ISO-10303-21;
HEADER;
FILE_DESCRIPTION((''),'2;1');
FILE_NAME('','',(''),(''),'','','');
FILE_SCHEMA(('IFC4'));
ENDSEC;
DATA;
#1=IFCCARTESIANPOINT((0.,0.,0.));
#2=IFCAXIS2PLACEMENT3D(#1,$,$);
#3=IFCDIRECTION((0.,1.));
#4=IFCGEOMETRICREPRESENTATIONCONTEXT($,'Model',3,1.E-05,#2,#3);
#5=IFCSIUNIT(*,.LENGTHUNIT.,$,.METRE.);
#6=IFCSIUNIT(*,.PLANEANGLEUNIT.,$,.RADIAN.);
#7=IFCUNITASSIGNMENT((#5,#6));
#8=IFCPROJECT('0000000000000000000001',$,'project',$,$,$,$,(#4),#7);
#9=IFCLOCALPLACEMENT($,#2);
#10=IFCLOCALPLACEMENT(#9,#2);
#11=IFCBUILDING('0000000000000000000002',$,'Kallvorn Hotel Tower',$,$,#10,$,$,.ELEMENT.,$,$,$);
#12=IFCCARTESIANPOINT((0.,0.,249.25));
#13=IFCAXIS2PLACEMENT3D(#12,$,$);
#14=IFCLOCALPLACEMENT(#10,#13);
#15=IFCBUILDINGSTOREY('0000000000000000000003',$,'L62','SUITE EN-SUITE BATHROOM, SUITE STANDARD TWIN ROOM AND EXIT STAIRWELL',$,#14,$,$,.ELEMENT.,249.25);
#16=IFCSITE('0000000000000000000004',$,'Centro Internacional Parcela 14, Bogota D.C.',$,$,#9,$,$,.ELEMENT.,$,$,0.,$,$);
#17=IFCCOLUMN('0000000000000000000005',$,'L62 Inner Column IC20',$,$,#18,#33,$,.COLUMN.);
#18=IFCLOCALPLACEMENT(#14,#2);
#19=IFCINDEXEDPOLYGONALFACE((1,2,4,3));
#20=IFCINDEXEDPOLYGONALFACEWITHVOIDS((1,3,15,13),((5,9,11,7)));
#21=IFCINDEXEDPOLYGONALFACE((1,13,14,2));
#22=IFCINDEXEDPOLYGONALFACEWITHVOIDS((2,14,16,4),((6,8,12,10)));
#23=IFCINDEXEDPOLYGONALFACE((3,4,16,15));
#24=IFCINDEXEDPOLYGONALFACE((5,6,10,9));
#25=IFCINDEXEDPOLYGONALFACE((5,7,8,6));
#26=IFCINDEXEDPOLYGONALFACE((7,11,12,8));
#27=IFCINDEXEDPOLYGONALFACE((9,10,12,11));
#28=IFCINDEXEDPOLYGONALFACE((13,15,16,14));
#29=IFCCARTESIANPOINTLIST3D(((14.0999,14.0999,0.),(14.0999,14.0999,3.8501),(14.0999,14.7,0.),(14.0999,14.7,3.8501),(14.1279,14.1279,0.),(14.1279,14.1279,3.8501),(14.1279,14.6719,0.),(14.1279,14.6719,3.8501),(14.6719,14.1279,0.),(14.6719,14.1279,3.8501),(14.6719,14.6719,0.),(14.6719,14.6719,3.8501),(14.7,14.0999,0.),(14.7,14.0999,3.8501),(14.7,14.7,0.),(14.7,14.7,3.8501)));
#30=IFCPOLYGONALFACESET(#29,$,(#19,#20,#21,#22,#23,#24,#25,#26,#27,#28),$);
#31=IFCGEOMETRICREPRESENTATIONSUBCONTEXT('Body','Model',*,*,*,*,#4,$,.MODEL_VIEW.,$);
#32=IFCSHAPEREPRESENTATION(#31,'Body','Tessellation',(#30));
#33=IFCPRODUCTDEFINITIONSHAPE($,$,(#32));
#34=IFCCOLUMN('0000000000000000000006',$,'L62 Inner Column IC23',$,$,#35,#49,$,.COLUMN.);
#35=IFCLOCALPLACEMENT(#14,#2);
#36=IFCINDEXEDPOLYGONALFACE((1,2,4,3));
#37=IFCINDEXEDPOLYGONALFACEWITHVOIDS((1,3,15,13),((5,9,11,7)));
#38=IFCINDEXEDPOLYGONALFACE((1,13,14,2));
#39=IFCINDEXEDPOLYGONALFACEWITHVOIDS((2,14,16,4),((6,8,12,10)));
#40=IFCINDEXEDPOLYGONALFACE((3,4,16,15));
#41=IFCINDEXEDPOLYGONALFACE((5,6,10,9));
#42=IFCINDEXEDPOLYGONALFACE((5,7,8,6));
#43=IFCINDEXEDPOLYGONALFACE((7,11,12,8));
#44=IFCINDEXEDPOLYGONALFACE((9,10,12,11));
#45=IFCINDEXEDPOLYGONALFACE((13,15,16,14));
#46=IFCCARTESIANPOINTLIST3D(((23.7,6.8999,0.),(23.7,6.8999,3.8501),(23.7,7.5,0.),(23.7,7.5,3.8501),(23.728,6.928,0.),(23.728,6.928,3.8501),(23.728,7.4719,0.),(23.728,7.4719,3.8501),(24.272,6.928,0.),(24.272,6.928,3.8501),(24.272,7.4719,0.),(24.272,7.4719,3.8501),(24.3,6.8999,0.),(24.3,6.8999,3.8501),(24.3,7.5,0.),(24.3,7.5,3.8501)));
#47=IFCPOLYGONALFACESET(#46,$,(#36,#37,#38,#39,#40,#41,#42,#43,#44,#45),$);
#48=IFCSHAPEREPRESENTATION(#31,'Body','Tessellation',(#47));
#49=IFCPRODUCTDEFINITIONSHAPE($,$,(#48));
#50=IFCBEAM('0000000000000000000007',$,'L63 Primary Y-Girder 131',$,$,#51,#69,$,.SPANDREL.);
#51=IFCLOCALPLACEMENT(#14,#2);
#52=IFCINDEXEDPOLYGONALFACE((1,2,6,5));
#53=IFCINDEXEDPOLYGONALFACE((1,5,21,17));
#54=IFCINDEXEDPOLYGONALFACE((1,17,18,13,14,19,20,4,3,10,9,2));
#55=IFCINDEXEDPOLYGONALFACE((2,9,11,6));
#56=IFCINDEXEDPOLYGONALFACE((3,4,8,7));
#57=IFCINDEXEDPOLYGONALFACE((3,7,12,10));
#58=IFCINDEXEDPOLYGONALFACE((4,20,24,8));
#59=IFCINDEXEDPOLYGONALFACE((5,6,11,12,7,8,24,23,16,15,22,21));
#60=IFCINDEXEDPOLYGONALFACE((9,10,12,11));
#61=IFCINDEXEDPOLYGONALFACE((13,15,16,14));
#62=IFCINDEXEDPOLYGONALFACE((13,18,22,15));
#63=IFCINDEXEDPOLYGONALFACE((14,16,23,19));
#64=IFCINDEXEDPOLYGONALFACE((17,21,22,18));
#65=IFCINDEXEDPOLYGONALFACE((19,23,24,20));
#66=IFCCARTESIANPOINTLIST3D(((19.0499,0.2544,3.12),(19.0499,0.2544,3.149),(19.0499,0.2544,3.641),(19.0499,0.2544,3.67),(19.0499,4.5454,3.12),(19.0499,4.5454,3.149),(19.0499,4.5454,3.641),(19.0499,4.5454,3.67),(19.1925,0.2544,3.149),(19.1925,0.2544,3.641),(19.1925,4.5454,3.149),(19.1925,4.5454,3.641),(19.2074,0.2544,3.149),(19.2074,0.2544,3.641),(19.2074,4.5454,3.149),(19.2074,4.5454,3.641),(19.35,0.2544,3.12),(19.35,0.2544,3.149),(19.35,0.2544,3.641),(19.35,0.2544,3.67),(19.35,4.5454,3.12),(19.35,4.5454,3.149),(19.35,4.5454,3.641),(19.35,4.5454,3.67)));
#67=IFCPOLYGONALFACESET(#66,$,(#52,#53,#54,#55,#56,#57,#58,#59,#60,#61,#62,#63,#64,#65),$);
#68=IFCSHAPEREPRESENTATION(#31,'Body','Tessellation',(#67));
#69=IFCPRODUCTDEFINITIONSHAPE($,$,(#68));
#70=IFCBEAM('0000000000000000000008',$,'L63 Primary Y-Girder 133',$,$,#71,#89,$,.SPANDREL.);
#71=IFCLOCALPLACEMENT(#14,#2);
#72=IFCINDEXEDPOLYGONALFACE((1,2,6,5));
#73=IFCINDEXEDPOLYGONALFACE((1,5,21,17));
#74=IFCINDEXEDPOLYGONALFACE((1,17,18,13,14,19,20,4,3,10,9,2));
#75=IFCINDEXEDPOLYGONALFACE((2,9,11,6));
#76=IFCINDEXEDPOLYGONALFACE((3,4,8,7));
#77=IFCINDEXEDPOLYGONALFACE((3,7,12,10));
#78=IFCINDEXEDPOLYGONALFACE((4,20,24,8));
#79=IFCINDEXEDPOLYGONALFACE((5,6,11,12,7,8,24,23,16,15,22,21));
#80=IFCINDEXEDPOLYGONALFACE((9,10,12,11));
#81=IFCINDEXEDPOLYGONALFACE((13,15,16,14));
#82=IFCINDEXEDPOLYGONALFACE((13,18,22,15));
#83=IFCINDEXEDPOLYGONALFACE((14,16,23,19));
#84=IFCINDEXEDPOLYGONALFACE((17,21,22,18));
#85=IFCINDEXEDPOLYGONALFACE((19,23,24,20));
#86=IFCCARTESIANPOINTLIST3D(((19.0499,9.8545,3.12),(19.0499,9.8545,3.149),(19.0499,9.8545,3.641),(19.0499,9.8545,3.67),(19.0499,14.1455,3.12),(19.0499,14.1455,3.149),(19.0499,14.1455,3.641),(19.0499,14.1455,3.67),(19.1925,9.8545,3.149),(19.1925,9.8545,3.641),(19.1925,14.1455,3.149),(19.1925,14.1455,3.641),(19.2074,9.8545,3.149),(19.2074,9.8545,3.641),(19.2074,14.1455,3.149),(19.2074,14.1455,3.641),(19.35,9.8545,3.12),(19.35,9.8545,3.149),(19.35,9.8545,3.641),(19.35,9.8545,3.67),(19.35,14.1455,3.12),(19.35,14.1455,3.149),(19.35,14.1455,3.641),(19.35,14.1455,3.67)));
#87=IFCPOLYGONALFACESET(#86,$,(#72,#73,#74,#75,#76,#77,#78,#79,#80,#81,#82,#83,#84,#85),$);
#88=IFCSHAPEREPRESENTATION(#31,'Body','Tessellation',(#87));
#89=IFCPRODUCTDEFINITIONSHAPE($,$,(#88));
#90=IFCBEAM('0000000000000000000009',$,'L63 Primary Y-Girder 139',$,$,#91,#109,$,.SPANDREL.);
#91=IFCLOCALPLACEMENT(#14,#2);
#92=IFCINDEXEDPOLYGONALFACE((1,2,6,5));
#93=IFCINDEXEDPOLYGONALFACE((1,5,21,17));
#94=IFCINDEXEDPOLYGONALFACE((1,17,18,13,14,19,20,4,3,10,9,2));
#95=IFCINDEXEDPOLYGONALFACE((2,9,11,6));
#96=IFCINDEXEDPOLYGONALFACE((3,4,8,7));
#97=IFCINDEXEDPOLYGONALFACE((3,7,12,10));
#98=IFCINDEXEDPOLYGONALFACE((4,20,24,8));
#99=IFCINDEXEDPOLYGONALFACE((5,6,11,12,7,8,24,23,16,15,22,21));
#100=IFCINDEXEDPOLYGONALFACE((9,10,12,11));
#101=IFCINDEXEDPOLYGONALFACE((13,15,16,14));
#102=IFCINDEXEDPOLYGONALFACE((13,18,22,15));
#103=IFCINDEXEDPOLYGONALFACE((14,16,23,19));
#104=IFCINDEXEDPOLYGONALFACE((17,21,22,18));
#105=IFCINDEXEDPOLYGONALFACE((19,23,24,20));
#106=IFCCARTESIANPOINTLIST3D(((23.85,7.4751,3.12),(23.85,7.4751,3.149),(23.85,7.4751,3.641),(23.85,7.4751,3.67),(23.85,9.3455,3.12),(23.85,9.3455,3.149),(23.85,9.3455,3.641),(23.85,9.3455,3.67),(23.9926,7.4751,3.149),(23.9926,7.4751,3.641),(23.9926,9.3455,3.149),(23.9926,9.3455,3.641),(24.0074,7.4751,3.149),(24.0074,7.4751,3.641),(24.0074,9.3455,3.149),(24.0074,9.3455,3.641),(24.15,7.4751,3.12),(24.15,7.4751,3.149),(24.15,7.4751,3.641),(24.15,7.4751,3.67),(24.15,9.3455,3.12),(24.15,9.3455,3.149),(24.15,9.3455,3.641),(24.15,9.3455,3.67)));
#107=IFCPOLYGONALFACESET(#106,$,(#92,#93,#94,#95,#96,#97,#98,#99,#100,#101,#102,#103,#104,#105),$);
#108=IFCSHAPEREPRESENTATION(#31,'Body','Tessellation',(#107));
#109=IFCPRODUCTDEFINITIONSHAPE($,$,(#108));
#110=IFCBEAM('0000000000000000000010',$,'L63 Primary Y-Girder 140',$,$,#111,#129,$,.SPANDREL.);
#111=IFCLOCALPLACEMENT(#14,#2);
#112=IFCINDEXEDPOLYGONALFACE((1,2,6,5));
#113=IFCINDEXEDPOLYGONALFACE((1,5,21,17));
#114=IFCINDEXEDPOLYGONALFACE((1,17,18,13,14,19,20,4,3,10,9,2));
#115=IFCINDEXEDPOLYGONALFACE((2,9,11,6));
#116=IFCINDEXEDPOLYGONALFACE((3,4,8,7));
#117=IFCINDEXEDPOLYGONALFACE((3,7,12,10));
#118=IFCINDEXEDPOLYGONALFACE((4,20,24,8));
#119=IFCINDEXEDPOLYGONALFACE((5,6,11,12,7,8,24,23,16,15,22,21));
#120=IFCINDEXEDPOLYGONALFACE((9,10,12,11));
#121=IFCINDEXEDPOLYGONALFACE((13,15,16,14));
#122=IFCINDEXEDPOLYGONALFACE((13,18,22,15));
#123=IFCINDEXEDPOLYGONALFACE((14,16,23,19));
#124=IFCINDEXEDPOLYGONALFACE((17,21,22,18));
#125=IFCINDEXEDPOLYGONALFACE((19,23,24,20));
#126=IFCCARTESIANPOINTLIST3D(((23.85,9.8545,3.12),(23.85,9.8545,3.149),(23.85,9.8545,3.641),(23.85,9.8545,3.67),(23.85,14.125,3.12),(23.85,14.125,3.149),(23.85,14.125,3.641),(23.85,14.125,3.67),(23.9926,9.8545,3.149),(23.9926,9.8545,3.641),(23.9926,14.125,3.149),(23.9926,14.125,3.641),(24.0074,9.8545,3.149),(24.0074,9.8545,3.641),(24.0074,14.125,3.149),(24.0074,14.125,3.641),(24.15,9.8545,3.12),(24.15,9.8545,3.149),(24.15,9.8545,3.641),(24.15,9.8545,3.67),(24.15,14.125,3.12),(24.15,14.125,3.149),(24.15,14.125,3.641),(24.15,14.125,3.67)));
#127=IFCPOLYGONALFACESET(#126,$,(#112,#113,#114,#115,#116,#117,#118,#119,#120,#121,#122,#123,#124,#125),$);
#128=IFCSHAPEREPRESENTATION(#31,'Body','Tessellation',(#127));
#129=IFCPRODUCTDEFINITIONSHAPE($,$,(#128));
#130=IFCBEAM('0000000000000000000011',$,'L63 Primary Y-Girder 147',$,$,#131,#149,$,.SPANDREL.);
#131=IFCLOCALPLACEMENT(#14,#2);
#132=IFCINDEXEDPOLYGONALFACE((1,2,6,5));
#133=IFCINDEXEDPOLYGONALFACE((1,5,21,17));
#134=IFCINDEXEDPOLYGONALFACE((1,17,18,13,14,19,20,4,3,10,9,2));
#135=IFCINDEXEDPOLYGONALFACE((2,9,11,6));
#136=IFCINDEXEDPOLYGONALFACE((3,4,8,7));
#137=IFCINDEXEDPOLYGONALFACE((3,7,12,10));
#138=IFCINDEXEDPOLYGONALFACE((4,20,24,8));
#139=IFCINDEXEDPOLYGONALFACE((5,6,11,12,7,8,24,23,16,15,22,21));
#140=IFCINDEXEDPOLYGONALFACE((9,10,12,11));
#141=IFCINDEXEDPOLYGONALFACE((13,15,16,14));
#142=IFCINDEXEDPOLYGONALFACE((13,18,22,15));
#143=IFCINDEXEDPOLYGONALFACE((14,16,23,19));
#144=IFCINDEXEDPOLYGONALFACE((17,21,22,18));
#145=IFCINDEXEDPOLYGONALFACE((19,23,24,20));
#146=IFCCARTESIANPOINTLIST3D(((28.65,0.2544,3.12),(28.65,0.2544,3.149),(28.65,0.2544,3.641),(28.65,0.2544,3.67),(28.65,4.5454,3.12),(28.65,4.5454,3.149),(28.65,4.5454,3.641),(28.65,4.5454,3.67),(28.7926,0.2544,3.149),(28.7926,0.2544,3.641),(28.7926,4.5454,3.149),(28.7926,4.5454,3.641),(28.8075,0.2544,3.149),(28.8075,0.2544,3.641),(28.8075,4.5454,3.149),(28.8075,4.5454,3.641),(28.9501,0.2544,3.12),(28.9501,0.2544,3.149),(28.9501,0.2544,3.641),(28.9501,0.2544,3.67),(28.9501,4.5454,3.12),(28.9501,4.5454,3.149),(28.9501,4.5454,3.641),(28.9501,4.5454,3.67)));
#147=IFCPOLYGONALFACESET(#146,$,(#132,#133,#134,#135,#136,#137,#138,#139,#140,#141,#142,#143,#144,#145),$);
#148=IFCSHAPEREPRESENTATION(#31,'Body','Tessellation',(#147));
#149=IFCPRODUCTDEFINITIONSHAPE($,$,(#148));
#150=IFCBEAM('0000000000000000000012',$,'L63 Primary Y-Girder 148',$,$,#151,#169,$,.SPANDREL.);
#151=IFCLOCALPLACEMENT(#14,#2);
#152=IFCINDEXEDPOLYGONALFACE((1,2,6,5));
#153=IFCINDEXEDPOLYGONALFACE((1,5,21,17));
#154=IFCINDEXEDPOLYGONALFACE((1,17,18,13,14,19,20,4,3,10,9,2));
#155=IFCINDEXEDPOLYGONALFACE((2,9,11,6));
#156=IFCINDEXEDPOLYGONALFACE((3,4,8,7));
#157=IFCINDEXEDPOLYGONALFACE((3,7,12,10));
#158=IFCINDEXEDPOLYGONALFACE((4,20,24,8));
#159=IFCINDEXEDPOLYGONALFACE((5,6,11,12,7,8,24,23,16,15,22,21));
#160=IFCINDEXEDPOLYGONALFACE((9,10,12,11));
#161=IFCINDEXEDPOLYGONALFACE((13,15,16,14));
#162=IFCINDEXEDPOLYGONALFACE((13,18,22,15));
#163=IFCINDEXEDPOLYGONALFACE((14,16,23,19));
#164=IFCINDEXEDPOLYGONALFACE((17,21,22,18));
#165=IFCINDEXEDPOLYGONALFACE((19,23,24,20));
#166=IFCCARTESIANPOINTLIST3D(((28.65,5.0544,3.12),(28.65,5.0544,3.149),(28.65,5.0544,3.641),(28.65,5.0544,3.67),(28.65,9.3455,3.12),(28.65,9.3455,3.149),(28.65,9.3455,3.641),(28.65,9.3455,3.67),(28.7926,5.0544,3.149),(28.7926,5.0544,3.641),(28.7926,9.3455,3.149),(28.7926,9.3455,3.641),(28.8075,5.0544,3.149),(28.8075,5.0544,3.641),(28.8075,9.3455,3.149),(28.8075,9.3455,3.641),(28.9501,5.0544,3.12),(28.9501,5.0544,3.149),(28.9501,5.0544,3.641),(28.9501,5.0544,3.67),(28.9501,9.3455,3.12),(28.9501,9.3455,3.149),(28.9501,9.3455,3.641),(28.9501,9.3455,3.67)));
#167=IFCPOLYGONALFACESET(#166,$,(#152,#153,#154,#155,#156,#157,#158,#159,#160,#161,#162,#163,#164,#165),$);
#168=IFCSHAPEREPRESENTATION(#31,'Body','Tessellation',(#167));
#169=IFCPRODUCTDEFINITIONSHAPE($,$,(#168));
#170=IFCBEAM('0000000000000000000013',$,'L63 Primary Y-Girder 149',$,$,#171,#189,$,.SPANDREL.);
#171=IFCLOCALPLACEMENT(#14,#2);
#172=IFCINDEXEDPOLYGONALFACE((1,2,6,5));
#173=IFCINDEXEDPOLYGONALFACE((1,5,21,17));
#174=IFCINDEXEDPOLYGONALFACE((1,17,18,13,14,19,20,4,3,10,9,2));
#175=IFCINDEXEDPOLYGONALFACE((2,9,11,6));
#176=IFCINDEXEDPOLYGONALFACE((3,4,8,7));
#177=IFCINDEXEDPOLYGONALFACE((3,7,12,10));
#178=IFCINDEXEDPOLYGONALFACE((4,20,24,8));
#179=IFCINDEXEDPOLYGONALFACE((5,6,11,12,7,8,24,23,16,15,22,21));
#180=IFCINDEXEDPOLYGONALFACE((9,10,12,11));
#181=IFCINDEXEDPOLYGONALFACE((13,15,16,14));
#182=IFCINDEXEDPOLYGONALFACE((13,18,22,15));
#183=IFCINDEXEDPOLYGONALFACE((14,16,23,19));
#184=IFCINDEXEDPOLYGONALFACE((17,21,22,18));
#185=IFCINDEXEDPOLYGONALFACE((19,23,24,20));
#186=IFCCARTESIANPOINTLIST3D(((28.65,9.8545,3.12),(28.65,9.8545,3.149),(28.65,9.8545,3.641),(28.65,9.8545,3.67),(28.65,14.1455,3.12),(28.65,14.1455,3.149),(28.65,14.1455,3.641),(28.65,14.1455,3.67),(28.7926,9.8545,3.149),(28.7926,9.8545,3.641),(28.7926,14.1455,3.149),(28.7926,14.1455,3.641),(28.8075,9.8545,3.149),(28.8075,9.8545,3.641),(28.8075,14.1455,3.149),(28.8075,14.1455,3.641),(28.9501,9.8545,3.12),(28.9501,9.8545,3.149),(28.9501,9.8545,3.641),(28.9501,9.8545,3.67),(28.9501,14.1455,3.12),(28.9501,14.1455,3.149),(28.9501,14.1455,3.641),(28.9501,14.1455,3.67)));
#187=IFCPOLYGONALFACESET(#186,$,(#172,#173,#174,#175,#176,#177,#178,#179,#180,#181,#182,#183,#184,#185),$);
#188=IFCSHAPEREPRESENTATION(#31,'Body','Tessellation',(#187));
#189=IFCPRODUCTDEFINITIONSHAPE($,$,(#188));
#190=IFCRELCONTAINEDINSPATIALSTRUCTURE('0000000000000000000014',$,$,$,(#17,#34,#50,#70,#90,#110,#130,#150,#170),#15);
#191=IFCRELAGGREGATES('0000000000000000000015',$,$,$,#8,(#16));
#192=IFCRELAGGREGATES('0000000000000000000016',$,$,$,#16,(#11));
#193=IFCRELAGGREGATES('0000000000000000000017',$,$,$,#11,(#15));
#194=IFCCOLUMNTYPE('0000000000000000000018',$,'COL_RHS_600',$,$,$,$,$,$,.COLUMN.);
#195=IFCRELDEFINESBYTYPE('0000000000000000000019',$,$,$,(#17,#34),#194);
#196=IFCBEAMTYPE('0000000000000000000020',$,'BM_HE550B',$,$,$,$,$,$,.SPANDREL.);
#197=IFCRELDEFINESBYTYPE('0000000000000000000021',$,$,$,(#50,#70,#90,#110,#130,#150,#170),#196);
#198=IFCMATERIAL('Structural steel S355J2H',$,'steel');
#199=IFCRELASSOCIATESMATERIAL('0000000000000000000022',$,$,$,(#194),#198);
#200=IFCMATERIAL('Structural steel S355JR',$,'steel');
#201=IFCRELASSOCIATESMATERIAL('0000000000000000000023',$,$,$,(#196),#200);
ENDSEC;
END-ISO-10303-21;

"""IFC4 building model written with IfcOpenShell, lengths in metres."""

from ifc_helpers import new_model, si_unit, direction, frame, origin, origin_2d, place, context, subcontext, project, spatial, hollow_rectangle, i_section, extrude, material, material_profile, profile_set, type_object, element, save


model = new_model("IFC4")

# Units and contexts
model_context = context("Model", 3, precision=1e-05, world=origin(), true_north=direction((0.0, 1.0)))
body_context = subcontext(model_context, "Body", "Model", "MODEL_VIEW")
ifc_project = project(units=[si_unit("LENGTHUNIT", "METRE"), si_unit("PLANEANGLEUNIT", "RADIAN")], contexts=[model_context])

# Site, building, storey
site_placement = place(None, origin())
site = spatial("IfcSite", under=ifc_project, at=site_placement, Name="Centro Internacional Parcela 14, Bogota D.C.", CompositionType="ELEMENT", RefElevation=0.0)
building_placement = place(site_placement, origin())
building = spatial("IfcBuilding", under=site, at=building_placement, Name="Kallvorn Hotel Tower", CompositionType="ELEMENT")
storey_placement = place(building_placement, frame((0.0, 0.0, 249.25)))
storey = spatial("IfcBuildingStorey", under=building, at=storey_placement, Name="L62", Description="SUITE EN-SUITE BATHROOM, SUITE STANDARD TWIN ROOM AND EXIT STAIRWELL", CompositionType="ELEMENT", Elevation=249.25)

# Columns
ifc_material_1 = material(Name="Structural steel S355J2H", Category="steel")
ifc_material_profile_1 = material_profile(ifc_material_1, hollow_rectangle(XDim=0.6001, YDim=0.6001, WallThickness=0.0281, at=origin_2d()), Name="RHS 600x600x28")
ifc_profile_set_1 = profile_set([ifc_material_profile_1], Name="Structural steel S355J2H")
column_type_1 = type_object("IfcColumnType", Name="COL_RHS_600", PredefinedType="COLUMN", material=ifc_profile_set_1)
for number, where, z_axis, x_axis, name in (
    (1, (14.3999, 14.3999, 0.0), (0.0, 0.0, 1.0), (1.0, 0.0, 0.0), "L62 Inner Column IC20"),
    (2, (24.0, 7.2, 0.0), (0.0, 0.0, 1.0), (1.0, 0.0, 0.0), "L62 Inner Column IC23"),
):
    element("IfcColumn", number, at=place(storey_placement, frame(where, z_axis=z_axis, x_axis=x_axis)), inside=storey, type_object=column_type_1, Name=name, PredefinedType="COLUMN", context=body_context, shape_type="SweptSolid", body=[
        extrude(hollow_rectangle(XDim=0.6001, YDim=0.6001, WallThickness=0.0281, at=origin_2d()), origin(), (0.0, 0.0, 1.0), 3.8501),
    ])

# Beams
ifc_material_2 = material(Name="Structural steel S355JR", Category="steel")
ifc_material_profile_2 = material_profile(ifc_material_2, i_section(OverallWidth=0.3, OverallDepth=0.55, WebThickness=0.0149, FlangeThickness=0.0291, at=origin_2d()), Name="HE 550 B")
ifc_profile_set_2 = profile_set([ifc_material_profile_2], Name="Structural steel S355JR")
beam_type_1 = type_object("IfcBeamType", Name="BM_HE550B", PredefinedType="SPANDREL", material=ifc_profile_set_2)
for number, where, z_axis, x_axis, name in (
    (3, (19.2, 0.2544, 3.395), (0.0, 1.0, 0.0), (-1.0, 0.0, 0.0), "L63 Primary Y-Girder 131"),
    (4, (19.2, 9.8545, 3.395), (0.0, 1.0, 0.0), (-1.0, 0.0, 0.0), "L63 Primary Y-Girder 133"),
):
    element("IfcBeam", number, at=place(storey_placement, frame(where, z_axis=z_axis, x_axis=x_axis)), inside=storey, type_object=beam_type_1, Name=name, PredefinedType="SPANDREL", context=body_context, shape_type="SweptSolid", body=[
        extrude(i_section(OverallWidth=0.3, OverallDepth=0.55, WebThickness=0.0149, FlangeThickness=0.0291, at=origin_2d()), origin(), (0.0, 0.0, 1.0), 4.291),
    ])
beam_1_placement = place(storey_placement, frame((24.0, 7.4751, 3.395), z_axis=(0.0, 1.0, 0.0), x_axis=(-1.0, 0.0, 0.0)))
element("IfcBeam", 5, at=beam_1_placement, inside=storey, type_object=beam_type_1, Name="L63 Primary Y-Girder 139", PredefinedType="SPANDREL", context=body_context, shape_type="SweptSolid", body=[
    extrude(i_section(OverallWidth=0.3, OverallDepth=0.55, WebThickness=0.0149, FlangeThickness=0.0291, at=origin_2d()), origin(), (0.0, 0.0, 1.0), 1.8704),
])
beam_2_placement = place(storey_placement, frame((24.0, 9.8545, 3.395), z_axis=(0.0, 1.0, 0.0), x_axis=(-1.0, 0.0, 0.0)))
element("IfcBeam", 6, at=beam_2_placement, inside=storey, type_object=beam_type_1, Name="L63 Primary Y-Girder 140", PredefinedType="SPANDREL", context=body_context, shape_type="SweptSolid", body=[
    extrude(i_section(OverallWidth=0.3, OverallDepth=0.55, WebThickness=0.0149, FlangeThickness=0.0291, at=origin_2d()), origin(), (0.0, 0.0, 1.0), 4.2705),
])
for number, where, z_axis, x_axis, name in (
    (7, (28.8, 0.2544, 3.395), (0.0, 1.0, 0.0), (-1.0, 0.0, 0.0), "L63 Primary Y-Girder 147"),
    (8, (28.8, 5.0544, 3.395), (0.0, 1.0, 0.0), (-1.0, 0.0, 0.0), "L63 Primary Y-Girder 148"),
    (9, (28.8, 9.8545, 3.395), (0.0, 1.0, 0.0), (-1.0, 0.0, 0.0), "L63 Primary Y-Girder 149"),
):
    element("IfcBeam", number, at=place(storey_placement, frame(where, z_axis=z_axis, x_axis=x_axis)), inside=storey, type_object=beam_type_1, Name=name, PredefinedType="SPANDREL", context=body_context, shape_type="SweptSolid", body=[
        extrude(i_section(OverallWidth=0.3, OverallDepth=0.55, WebThickness=0.0149, FlangeThickness=0.0291, at=origin_2d()), origin(), (0.0, 0.0, 1.0), 4.291),
    ])

save(model, "model.ifc")
